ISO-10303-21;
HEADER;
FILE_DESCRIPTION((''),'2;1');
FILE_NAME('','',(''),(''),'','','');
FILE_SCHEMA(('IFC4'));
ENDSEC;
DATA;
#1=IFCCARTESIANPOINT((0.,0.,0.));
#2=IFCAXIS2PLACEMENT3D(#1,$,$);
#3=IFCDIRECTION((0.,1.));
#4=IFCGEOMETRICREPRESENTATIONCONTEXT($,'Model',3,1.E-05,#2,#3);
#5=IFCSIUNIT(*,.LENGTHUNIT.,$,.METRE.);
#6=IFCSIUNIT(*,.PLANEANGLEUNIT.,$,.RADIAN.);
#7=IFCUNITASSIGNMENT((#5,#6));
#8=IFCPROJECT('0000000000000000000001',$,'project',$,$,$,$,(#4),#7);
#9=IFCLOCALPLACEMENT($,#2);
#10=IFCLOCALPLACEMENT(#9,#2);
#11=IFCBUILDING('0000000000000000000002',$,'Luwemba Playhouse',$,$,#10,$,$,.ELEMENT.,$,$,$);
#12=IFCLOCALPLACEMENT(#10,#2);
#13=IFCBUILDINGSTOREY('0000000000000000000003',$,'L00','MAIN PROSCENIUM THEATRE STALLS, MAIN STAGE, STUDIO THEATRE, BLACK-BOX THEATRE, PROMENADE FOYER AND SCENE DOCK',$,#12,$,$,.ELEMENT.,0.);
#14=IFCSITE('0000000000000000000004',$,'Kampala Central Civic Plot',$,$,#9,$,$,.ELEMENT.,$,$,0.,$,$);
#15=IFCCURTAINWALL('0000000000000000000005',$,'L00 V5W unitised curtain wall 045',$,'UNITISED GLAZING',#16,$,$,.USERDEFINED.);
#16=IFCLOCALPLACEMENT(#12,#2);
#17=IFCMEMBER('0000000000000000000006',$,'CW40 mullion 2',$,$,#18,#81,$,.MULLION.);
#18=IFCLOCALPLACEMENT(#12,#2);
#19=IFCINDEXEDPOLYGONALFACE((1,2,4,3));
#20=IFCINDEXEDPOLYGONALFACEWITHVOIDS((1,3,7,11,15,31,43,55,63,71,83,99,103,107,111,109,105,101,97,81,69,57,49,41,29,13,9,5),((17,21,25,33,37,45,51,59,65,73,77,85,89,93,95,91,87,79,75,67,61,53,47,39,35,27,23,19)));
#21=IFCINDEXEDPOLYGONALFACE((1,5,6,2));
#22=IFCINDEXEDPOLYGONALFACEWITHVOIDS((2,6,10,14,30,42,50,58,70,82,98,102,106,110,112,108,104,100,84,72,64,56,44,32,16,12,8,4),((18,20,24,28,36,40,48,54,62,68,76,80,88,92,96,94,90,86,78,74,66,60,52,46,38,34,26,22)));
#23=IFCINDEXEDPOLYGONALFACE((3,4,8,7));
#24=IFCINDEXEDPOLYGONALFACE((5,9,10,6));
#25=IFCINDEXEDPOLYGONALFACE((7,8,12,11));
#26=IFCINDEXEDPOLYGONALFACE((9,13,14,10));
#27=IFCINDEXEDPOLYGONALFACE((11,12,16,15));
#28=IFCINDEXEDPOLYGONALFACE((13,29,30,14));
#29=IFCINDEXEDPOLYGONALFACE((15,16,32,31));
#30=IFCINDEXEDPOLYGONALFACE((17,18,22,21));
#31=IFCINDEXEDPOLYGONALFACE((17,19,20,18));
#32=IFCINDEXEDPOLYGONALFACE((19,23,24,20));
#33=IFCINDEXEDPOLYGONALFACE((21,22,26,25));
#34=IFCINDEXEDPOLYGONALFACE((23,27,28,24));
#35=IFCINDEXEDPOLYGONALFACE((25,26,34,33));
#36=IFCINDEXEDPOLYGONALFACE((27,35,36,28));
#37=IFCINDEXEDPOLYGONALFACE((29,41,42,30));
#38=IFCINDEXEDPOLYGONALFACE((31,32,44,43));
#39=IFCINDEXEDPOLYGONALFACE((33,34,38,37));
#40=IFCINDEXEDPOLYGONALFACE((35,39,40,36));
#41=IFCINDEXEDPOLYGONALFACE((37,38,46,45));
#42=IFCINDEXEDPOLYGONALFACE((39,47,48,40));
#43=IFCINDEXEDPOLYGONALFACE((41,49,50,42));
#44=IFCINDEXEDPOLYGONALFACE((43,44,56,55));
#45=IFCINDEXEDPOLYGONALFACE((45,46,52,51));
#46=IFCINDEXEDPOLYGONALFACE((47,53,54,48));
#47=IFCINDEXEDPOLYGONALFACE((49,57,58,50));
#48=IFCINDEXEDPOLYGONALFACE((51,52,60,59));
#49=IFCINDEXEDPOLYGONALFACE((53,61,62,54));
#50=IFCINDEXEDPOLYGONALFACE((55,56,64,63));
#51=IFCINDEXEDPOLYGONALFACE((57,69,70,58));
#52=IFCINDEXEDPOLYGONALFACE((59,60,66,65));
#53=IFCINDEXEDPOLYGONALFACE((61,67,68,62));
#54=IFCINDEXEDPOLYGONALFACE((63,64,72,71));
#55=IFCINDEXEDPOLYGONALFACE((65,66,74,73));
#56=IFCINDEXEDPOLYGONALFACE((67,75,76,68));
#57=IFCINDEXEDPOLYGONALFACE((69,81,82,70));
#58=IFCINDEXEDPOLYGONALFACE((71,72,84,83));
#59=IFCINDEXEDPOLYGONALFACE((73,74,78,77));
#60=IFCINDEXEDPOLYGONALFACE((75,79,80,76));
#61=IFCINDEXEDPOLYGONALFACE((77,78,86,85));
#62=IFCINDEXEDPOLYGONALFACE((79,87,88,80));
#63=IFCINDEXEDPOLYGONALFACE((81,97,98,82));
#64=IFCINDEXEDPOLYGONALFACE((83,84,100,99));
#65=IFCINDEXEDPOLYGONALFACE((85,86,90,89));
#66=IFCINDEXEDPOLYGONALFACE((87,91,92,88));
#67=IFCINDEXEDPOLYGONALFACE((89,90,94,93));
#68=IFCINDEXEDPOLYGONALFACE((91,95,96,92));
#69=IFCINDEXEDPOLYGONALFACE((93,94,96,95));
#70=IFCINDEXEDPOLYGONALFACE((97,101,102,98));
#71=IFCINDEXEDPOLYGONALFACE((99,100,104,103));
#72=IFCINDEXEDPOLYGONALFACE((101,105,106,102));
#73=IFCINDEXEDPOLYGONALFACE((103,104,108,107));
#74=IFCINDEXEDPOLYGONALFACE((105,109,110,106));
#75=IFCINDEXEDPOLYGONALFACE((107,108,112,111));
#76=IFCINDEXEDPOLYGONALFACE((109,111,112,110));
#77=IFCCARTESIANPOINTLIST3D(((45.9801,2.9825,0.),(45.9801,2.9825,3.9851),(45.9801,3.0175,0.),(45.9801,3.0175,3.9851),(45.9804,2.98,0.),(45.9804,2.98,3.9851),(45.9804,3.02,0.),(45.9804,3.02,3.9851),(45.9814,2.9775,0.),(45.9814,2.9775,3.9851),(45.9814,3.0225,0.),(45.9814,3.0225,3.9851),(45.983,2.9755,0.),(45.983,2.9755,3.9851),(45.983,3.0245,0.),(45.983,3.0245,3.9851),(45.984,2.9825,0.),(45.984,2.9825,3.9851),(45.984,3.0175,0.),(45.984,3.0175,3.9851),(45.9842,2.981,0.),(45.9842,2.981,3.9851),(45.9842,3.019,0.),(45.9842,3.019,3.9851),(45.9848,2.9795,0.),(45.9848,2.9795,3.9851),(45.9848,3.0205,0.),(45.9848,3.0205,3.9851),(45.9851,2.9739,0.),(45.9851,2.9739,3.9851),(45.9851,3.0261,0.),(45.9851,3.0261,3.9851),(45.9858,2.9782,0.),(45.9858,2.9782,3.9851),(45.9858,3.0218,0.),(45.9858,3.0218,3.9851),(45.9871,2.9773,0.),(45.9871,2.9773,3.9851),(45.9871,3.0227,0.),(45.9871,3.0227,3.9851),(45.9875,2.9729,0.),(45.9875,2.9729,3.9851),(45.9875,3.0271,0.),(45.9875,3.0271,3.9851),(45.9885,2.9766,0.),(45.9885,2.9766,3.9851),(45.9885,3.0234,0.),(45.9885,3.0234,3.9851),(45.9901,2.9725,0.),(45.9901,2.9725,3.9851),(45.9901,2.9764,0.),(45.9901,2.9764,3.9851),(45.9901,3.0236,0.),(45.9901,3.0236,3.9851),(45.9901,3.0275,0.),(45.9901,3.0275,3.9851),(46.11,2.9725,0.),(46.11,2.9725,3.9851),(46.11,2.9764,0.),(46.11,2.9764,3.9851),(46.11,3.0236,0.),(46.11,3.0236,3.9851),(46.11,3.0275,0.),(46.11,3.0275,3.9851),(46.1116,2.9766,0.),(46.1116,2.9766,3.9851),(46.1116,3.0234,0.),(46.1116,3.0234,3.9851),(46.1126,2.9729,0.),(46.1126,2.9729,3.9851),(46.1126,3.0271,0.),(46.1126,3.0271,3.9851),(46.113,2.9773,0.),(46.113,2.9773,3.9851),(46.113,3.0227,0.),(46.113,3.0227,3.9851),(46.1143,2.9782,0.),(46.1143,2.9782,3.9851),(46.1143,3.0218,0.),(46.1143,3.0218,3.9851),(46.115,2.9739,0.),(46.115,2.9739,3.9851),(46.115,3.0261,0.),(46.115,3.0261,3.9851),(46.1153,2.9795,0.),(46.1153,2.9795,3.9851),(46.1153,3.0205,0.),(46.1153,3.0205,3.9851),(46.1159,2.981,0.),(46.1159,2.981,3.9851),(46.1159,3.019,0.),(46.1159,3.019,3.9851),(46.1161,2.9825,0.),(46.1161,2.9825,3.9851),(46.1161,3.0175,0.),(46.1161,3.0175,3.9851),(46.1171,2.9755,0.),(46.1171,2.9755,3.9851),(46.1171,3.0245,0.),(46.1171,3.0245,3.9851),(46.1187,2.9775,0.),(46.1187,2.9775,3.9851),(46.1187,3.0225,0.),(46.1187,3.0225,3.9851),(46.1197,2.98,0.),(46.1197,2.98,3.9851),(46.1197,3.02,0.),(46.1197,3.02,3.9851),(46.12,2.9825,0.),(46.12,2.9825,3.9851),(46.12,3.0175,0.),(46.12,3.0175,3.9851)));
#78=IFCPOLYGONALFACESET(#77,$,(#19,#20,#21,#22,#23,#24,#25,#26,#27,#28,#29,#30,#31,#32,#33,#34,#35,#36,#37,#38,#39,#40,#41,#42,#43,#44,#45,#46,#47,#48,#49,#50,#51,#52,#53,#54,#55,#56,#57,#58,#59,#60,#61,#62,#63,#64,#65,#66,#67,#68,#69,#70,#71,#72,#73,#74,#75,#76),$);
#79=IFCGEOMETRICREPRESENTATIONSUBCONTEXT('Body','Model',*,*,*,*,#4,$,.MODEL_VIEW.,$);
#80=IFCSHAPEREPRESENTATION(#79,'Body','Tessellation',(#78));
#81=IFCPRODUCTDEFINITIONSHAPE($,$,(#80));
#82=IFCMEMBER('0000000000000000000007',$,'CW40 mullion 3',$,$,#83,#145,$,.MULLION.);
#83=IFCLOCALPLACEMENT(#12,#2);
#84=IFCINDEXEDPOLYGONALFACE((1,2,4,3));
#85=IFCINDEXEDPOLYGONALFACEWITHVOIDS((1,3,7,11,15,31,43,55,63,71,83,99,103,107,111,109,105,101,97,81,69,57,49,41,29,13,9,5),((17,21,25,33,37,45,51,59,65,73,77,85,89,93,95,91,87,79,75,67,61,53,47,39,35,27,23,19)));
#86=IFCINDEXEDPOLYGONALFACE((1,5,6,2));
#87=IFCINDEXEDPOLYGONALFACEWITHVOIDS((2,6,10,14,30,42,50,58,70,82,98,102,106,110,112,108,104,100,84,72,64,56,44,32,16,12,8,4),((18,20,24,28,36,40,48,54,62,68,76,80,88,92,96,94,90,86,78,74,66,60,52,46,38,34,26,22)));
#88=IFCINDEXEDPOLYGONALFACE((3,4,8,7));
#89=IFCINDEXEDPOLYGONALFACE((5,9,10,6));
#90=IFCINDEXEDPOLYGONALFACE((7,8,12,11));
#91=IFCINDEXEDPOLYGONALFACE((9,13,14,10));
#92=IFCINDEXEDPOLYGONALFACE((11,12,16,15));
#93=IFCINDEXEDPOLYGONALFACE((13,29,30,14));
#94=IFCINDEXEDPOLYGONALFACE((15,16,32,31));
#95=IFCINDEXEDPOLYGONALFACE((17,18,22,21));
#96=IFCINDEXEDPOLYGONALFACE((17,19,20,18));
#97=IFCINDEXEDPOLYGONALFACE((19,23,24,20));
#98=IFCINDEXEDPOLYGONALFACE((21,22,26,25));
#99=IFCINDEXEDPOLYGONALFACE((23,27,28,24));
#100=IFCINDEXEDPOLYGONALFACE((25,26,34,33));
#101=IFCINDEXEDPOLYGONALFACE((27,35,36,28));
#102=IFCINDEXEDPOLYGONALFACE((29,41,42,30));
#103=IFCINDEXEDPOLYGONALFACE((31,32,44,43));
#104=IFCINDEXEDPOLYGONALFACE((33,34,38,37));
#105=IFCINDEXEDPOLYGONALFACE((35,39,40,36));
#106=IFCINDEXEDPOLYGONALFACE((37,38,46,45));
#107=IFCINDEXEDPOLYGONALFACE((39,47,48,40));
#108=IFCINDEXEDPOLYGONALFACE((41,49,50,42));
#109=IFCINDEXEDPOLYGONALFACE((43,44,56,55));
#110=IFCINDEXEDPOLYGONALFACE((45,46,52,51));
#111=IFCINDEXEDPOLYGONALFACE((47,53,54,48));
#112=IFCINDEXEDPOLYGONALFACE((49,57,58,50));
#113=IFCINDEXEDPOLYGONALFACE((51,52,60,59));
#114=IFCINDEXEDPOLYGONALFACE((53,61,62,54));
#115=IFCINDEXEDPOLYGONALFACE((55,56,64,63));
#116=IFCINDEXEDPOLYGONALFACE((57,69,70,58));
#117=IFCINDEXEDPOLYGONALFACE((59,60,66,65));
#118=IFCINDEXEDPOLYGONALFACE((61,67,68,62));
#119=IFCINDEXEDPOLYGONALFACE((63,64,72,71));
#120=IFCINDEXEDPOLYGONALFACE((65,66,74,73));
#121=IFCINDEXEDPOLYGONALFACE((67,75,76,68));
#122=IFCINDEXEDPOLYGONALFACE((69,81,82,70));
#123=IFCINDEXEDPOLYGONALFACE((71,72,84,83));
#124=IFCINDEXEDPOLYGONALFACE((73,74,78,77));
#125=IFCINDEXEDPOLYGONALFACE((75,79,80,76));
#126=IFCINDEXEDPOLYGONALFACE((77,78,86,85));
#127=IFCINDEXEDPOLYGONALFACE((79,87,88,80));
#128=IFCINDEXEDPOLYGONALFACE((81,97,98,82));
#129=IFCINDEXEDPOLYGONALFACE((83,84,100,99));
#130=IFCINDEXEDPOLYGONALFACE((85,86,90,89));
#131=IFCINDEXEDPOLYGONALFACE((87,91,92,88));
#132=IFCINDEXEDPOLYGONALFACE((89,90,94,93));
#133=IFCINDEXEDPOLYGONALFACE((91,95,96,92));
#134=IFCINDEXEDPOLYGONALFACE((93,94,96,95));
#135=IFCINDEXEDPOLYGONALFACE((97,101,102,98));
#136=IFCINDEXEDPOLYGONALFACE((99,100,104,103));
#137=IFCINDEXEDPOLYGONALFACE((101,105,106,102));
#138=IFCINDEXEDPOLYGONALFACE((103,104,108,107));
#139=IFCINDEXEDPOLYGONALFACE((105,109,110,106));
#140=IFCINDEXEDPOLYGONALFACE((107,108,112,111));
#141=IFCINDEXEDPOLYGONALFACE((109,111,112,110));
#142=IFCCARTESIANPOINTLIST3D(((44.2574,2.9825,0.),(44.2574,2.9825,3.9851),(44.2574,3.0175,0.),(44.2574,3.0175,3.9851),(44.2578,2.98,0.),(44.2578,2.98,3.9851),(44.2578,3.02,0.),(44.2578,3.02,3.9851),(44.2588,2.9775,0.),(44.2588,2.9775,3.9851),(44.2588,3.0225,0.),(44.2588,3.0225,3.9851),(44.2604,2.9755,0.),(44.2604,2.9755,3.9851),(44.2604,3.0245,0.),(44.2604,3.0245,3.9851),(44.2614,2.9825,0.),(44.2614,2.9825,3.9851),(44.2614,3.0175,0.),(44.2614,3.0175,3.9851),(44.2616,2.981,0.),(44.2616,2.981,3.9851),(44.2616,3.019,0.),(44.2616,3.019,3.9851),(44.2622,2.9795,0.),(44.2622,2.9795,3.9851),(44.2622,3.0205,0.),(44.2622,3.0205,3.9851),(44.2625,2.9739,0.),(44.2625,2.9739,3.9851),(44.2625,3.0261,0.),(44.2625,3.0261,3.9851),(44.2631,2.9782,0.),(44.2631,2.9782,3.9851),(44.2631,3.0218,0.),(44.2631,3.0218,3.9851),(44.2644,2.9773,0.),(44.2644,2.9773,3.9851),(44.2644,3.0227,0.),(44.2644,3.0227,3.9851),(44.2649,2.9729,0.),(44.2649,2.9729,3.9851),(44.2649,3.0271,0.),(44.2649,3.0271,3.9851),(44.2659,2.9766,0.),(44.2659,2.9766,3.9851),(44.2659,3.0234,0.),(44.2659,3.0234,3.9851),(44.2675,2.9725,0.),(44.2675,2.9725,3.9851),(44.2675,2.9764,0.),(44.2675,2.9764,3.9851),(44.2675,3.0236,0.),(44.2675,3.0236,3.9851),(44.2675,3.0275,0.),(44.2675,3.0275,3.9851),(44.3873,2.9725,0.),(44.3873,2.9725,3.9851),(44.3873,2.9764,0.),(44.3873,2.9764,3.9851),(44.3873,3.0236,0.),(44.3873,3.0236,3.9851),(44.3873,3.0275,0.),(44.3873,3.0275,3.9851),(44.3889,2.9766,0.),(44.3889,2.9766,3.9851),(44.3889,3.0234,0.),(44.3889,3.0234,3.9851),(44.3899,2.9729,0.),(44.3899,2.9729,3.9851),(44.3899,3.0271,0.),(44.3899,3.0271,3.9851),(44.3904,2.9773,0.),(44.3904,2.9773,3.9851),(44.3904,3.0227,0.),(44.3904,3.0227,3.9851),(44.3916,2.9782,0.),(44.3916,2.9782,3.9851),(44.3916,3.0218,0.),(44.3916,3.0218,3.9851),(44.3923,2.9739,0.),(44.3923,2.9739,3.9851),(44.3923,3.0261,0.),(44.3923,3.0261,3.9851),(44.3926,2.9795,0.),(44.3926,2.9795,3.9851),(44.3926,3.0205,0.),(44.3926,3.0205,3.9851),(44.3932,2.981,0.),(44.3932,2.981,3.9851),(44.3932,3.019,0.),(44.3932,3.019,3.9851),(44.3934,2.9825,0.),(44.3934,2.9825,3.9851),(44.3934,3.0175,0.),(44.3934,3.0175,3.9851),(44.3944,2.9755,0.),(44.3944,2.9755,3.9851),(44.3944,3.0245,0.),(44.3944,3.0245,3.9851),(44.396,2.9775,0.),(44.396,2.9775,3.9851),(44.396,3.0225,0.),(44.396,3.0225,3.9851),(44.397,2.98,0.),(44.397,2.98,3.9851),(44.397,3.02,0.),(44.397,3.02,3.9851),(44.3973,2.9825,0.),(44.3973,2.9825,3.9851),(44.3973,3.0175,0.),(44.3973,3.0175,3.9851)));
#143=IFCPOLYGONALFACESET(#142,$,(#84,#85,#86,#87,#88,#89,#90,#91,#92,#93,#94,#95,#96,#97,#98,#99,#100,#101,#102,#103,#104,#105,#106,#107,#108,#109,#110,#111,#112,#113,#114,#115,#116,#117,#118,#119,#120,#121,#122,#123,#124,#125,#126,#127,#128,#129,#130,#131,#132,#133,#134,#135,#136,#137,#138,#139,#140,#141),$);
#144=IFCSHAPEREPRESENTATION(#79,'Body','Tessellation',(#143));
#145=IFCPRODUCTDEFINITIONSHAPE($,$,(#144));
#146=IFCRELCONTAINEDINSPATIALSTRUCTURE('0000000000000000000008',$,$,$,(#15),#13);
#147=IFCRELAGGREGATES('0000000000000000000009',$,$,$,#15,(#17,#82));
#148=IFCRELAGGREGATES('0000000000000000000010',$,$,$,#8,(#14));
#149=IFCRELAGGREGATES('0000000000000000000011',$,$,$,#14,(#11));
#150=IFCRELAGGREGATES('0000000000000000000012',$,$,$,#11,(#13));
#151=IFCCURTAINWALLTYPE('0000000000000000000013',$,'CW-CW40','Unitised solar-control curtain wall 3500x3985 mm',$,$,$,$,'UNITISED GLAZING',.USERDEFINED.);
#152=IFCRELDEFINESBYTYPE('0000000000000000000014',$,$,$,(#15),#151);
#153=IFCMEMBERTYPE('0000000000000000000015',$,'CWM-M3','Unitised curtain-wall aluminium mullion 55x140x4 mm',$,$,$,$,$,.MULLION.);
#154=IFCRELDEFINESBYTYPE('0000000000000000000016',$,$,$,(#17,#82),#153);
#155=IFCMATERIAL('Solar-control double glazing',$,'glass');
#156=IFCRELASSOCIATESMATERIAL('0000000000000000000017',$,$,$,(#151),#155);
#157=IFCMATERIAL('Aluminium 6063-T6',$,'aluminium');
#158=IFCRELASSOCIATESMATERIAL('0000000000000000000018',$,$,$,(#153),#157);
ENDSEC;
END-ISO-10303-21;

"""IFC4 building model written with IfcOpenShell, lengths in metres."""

from ifc_helpers import new_model, si_unit, direction, frame, origin, origin_2d, place, context, subcontext, project, spatial, hollow_rectangle, extrude, material, material_profile, profile_set, type_object, element, aggregate, save


model = new_model("IFC4")

# Units and contexts
model_context = context("Model", 3, precision=1e-05, world=origin(), true_north=direction((0.0, 1.0)))
body_context = subcontext(model_context, "Body", "Model", "MODEL_VIEW")
ifc_project = project(units=[si_unit("LENGTHUNIT", "METRE"), si_unit("PLANEANGLEUNIT", "RADIAN")], contexts=[model_context])

# Site, building, storey
site_placement = place(None, origin())
site = spatial("IfcSite", under=ifc_project, at=site_placement, Name="Kampala Central Civic Plot", CompositionType="ELEMENT", RefElevation=0.0)
building_placement = place(site_placement, origin())
building = spatial("IfcBuilding", under=site, at=building_placement, Name="Luwemba Playhouse", CompositionType="ELEMENT")
storey_placement = place(building_placement, origin())
storey = spatial("IfcBuildingStorey", under=building, at=storey_placement, Name="L00", Description="MAIN PROSCENIUM THEATRE STALLS, MAIN STAGE, STUDIO THEATRE, BLACK-BOX THEATRE, PROMENADE FOYER AND SCENE DOCK", CompositionType="ELEMENT", Elevation=0.0)

# Shared definitions
ifc_material_1 = material(Name="Solar-control double glazing", Category="glass")
ifc_material_2 = material(Name="Aluminium 6063-T6", Category="aluminium")

# Curtain wall, members
curtain_wall_type_1 = type_object("IfcCurtainWallType", Name="CW-CW40", Description="Unitised solar-control curtain wall 3500x3985 mm", ElementType="UNITISED GLAZING", PredefinedType="USERDEFINED", material=ifc_material_1)
curtain_wall_1_placement = place(storey_placement, origin())
curtain_wall_1 = element("IfcCurtainWall", 1, at=curtain_wall_1_placement, inside=storey, type_object=curtain_wall_type_1, Name="L00 V5W unitised curtain wall 045", ObjectType="UNITISED GLAZING", PredefinedType="USERDEFINED")
ifc_material_profile_1 = material_profile(ifc_material_2, hollow_rectangle(XDim=0.0549, YDim=0.1399, WallThickness=0.0039, InnerFilletRadius=0.0061, OuterFilletRadius=0.01, at=origin_2d()))
ifc_profile_set_1 = profile_set([ifc_material_profile_1], Name="Aluminium 6063-T6")
member_type_1 = type_object("IfcMemberType", Name="CWM-M3", Description="Unitised curtain-wall aluminium mullion 55x140x4 mm", PredefinedType="MULLION", material=ifc_profile_set_1)
member_1_placement = place(storey_placement, frame((46.05, 3.0, 0.0), z_axis=(0.0, 0.0, 1.0), x_axis=(0.0, -1.0, 0.0)))
member_1 = element("IfcMember", 2, at=member_1_placement, type_object=member_type_1, Name="CW40 mullion 2", PredefinedType="MULLION", context=body_context, shape_type="SweptSolid", body=[
    extrude(hollow_rectangle(XDim=0.0549, YDim=0.1399, WallThickness=0.0039, InnerFilletRadius=0.0061, OuterFilletRadius=0.01, at=origin_2d()), origin(), (0.0, 0.0, 1.0), 3.9851),
])
member_2_placement = place(storey_placement, frame((44.3274, 3.0, 0.0), z_axis=(0.0, 0.0, 1.0), x_axis=(0.0, -1.0, 0.0)))
member_2 = element("IfcMember", 3, at=member_2_placement, type_object=member_type_1, Name="CW40 mullion 3", PredefinedType="MULLION", context=body_context, shape_type="SweptSolid", body=[
    extrude(hollow_rectangle(XDim=0.0549, YDim=0.1399, WallThickness=0.0039, InnerFilletRadius=0.0061, OuterFilletRadius=0.01, at=origin_2d()), origin(), (0.0, 0.0, 1.0), 3.9851),
])

aggregate(curtain_wall_1, [member_1, member_2])

save(model, "model.ifc")
